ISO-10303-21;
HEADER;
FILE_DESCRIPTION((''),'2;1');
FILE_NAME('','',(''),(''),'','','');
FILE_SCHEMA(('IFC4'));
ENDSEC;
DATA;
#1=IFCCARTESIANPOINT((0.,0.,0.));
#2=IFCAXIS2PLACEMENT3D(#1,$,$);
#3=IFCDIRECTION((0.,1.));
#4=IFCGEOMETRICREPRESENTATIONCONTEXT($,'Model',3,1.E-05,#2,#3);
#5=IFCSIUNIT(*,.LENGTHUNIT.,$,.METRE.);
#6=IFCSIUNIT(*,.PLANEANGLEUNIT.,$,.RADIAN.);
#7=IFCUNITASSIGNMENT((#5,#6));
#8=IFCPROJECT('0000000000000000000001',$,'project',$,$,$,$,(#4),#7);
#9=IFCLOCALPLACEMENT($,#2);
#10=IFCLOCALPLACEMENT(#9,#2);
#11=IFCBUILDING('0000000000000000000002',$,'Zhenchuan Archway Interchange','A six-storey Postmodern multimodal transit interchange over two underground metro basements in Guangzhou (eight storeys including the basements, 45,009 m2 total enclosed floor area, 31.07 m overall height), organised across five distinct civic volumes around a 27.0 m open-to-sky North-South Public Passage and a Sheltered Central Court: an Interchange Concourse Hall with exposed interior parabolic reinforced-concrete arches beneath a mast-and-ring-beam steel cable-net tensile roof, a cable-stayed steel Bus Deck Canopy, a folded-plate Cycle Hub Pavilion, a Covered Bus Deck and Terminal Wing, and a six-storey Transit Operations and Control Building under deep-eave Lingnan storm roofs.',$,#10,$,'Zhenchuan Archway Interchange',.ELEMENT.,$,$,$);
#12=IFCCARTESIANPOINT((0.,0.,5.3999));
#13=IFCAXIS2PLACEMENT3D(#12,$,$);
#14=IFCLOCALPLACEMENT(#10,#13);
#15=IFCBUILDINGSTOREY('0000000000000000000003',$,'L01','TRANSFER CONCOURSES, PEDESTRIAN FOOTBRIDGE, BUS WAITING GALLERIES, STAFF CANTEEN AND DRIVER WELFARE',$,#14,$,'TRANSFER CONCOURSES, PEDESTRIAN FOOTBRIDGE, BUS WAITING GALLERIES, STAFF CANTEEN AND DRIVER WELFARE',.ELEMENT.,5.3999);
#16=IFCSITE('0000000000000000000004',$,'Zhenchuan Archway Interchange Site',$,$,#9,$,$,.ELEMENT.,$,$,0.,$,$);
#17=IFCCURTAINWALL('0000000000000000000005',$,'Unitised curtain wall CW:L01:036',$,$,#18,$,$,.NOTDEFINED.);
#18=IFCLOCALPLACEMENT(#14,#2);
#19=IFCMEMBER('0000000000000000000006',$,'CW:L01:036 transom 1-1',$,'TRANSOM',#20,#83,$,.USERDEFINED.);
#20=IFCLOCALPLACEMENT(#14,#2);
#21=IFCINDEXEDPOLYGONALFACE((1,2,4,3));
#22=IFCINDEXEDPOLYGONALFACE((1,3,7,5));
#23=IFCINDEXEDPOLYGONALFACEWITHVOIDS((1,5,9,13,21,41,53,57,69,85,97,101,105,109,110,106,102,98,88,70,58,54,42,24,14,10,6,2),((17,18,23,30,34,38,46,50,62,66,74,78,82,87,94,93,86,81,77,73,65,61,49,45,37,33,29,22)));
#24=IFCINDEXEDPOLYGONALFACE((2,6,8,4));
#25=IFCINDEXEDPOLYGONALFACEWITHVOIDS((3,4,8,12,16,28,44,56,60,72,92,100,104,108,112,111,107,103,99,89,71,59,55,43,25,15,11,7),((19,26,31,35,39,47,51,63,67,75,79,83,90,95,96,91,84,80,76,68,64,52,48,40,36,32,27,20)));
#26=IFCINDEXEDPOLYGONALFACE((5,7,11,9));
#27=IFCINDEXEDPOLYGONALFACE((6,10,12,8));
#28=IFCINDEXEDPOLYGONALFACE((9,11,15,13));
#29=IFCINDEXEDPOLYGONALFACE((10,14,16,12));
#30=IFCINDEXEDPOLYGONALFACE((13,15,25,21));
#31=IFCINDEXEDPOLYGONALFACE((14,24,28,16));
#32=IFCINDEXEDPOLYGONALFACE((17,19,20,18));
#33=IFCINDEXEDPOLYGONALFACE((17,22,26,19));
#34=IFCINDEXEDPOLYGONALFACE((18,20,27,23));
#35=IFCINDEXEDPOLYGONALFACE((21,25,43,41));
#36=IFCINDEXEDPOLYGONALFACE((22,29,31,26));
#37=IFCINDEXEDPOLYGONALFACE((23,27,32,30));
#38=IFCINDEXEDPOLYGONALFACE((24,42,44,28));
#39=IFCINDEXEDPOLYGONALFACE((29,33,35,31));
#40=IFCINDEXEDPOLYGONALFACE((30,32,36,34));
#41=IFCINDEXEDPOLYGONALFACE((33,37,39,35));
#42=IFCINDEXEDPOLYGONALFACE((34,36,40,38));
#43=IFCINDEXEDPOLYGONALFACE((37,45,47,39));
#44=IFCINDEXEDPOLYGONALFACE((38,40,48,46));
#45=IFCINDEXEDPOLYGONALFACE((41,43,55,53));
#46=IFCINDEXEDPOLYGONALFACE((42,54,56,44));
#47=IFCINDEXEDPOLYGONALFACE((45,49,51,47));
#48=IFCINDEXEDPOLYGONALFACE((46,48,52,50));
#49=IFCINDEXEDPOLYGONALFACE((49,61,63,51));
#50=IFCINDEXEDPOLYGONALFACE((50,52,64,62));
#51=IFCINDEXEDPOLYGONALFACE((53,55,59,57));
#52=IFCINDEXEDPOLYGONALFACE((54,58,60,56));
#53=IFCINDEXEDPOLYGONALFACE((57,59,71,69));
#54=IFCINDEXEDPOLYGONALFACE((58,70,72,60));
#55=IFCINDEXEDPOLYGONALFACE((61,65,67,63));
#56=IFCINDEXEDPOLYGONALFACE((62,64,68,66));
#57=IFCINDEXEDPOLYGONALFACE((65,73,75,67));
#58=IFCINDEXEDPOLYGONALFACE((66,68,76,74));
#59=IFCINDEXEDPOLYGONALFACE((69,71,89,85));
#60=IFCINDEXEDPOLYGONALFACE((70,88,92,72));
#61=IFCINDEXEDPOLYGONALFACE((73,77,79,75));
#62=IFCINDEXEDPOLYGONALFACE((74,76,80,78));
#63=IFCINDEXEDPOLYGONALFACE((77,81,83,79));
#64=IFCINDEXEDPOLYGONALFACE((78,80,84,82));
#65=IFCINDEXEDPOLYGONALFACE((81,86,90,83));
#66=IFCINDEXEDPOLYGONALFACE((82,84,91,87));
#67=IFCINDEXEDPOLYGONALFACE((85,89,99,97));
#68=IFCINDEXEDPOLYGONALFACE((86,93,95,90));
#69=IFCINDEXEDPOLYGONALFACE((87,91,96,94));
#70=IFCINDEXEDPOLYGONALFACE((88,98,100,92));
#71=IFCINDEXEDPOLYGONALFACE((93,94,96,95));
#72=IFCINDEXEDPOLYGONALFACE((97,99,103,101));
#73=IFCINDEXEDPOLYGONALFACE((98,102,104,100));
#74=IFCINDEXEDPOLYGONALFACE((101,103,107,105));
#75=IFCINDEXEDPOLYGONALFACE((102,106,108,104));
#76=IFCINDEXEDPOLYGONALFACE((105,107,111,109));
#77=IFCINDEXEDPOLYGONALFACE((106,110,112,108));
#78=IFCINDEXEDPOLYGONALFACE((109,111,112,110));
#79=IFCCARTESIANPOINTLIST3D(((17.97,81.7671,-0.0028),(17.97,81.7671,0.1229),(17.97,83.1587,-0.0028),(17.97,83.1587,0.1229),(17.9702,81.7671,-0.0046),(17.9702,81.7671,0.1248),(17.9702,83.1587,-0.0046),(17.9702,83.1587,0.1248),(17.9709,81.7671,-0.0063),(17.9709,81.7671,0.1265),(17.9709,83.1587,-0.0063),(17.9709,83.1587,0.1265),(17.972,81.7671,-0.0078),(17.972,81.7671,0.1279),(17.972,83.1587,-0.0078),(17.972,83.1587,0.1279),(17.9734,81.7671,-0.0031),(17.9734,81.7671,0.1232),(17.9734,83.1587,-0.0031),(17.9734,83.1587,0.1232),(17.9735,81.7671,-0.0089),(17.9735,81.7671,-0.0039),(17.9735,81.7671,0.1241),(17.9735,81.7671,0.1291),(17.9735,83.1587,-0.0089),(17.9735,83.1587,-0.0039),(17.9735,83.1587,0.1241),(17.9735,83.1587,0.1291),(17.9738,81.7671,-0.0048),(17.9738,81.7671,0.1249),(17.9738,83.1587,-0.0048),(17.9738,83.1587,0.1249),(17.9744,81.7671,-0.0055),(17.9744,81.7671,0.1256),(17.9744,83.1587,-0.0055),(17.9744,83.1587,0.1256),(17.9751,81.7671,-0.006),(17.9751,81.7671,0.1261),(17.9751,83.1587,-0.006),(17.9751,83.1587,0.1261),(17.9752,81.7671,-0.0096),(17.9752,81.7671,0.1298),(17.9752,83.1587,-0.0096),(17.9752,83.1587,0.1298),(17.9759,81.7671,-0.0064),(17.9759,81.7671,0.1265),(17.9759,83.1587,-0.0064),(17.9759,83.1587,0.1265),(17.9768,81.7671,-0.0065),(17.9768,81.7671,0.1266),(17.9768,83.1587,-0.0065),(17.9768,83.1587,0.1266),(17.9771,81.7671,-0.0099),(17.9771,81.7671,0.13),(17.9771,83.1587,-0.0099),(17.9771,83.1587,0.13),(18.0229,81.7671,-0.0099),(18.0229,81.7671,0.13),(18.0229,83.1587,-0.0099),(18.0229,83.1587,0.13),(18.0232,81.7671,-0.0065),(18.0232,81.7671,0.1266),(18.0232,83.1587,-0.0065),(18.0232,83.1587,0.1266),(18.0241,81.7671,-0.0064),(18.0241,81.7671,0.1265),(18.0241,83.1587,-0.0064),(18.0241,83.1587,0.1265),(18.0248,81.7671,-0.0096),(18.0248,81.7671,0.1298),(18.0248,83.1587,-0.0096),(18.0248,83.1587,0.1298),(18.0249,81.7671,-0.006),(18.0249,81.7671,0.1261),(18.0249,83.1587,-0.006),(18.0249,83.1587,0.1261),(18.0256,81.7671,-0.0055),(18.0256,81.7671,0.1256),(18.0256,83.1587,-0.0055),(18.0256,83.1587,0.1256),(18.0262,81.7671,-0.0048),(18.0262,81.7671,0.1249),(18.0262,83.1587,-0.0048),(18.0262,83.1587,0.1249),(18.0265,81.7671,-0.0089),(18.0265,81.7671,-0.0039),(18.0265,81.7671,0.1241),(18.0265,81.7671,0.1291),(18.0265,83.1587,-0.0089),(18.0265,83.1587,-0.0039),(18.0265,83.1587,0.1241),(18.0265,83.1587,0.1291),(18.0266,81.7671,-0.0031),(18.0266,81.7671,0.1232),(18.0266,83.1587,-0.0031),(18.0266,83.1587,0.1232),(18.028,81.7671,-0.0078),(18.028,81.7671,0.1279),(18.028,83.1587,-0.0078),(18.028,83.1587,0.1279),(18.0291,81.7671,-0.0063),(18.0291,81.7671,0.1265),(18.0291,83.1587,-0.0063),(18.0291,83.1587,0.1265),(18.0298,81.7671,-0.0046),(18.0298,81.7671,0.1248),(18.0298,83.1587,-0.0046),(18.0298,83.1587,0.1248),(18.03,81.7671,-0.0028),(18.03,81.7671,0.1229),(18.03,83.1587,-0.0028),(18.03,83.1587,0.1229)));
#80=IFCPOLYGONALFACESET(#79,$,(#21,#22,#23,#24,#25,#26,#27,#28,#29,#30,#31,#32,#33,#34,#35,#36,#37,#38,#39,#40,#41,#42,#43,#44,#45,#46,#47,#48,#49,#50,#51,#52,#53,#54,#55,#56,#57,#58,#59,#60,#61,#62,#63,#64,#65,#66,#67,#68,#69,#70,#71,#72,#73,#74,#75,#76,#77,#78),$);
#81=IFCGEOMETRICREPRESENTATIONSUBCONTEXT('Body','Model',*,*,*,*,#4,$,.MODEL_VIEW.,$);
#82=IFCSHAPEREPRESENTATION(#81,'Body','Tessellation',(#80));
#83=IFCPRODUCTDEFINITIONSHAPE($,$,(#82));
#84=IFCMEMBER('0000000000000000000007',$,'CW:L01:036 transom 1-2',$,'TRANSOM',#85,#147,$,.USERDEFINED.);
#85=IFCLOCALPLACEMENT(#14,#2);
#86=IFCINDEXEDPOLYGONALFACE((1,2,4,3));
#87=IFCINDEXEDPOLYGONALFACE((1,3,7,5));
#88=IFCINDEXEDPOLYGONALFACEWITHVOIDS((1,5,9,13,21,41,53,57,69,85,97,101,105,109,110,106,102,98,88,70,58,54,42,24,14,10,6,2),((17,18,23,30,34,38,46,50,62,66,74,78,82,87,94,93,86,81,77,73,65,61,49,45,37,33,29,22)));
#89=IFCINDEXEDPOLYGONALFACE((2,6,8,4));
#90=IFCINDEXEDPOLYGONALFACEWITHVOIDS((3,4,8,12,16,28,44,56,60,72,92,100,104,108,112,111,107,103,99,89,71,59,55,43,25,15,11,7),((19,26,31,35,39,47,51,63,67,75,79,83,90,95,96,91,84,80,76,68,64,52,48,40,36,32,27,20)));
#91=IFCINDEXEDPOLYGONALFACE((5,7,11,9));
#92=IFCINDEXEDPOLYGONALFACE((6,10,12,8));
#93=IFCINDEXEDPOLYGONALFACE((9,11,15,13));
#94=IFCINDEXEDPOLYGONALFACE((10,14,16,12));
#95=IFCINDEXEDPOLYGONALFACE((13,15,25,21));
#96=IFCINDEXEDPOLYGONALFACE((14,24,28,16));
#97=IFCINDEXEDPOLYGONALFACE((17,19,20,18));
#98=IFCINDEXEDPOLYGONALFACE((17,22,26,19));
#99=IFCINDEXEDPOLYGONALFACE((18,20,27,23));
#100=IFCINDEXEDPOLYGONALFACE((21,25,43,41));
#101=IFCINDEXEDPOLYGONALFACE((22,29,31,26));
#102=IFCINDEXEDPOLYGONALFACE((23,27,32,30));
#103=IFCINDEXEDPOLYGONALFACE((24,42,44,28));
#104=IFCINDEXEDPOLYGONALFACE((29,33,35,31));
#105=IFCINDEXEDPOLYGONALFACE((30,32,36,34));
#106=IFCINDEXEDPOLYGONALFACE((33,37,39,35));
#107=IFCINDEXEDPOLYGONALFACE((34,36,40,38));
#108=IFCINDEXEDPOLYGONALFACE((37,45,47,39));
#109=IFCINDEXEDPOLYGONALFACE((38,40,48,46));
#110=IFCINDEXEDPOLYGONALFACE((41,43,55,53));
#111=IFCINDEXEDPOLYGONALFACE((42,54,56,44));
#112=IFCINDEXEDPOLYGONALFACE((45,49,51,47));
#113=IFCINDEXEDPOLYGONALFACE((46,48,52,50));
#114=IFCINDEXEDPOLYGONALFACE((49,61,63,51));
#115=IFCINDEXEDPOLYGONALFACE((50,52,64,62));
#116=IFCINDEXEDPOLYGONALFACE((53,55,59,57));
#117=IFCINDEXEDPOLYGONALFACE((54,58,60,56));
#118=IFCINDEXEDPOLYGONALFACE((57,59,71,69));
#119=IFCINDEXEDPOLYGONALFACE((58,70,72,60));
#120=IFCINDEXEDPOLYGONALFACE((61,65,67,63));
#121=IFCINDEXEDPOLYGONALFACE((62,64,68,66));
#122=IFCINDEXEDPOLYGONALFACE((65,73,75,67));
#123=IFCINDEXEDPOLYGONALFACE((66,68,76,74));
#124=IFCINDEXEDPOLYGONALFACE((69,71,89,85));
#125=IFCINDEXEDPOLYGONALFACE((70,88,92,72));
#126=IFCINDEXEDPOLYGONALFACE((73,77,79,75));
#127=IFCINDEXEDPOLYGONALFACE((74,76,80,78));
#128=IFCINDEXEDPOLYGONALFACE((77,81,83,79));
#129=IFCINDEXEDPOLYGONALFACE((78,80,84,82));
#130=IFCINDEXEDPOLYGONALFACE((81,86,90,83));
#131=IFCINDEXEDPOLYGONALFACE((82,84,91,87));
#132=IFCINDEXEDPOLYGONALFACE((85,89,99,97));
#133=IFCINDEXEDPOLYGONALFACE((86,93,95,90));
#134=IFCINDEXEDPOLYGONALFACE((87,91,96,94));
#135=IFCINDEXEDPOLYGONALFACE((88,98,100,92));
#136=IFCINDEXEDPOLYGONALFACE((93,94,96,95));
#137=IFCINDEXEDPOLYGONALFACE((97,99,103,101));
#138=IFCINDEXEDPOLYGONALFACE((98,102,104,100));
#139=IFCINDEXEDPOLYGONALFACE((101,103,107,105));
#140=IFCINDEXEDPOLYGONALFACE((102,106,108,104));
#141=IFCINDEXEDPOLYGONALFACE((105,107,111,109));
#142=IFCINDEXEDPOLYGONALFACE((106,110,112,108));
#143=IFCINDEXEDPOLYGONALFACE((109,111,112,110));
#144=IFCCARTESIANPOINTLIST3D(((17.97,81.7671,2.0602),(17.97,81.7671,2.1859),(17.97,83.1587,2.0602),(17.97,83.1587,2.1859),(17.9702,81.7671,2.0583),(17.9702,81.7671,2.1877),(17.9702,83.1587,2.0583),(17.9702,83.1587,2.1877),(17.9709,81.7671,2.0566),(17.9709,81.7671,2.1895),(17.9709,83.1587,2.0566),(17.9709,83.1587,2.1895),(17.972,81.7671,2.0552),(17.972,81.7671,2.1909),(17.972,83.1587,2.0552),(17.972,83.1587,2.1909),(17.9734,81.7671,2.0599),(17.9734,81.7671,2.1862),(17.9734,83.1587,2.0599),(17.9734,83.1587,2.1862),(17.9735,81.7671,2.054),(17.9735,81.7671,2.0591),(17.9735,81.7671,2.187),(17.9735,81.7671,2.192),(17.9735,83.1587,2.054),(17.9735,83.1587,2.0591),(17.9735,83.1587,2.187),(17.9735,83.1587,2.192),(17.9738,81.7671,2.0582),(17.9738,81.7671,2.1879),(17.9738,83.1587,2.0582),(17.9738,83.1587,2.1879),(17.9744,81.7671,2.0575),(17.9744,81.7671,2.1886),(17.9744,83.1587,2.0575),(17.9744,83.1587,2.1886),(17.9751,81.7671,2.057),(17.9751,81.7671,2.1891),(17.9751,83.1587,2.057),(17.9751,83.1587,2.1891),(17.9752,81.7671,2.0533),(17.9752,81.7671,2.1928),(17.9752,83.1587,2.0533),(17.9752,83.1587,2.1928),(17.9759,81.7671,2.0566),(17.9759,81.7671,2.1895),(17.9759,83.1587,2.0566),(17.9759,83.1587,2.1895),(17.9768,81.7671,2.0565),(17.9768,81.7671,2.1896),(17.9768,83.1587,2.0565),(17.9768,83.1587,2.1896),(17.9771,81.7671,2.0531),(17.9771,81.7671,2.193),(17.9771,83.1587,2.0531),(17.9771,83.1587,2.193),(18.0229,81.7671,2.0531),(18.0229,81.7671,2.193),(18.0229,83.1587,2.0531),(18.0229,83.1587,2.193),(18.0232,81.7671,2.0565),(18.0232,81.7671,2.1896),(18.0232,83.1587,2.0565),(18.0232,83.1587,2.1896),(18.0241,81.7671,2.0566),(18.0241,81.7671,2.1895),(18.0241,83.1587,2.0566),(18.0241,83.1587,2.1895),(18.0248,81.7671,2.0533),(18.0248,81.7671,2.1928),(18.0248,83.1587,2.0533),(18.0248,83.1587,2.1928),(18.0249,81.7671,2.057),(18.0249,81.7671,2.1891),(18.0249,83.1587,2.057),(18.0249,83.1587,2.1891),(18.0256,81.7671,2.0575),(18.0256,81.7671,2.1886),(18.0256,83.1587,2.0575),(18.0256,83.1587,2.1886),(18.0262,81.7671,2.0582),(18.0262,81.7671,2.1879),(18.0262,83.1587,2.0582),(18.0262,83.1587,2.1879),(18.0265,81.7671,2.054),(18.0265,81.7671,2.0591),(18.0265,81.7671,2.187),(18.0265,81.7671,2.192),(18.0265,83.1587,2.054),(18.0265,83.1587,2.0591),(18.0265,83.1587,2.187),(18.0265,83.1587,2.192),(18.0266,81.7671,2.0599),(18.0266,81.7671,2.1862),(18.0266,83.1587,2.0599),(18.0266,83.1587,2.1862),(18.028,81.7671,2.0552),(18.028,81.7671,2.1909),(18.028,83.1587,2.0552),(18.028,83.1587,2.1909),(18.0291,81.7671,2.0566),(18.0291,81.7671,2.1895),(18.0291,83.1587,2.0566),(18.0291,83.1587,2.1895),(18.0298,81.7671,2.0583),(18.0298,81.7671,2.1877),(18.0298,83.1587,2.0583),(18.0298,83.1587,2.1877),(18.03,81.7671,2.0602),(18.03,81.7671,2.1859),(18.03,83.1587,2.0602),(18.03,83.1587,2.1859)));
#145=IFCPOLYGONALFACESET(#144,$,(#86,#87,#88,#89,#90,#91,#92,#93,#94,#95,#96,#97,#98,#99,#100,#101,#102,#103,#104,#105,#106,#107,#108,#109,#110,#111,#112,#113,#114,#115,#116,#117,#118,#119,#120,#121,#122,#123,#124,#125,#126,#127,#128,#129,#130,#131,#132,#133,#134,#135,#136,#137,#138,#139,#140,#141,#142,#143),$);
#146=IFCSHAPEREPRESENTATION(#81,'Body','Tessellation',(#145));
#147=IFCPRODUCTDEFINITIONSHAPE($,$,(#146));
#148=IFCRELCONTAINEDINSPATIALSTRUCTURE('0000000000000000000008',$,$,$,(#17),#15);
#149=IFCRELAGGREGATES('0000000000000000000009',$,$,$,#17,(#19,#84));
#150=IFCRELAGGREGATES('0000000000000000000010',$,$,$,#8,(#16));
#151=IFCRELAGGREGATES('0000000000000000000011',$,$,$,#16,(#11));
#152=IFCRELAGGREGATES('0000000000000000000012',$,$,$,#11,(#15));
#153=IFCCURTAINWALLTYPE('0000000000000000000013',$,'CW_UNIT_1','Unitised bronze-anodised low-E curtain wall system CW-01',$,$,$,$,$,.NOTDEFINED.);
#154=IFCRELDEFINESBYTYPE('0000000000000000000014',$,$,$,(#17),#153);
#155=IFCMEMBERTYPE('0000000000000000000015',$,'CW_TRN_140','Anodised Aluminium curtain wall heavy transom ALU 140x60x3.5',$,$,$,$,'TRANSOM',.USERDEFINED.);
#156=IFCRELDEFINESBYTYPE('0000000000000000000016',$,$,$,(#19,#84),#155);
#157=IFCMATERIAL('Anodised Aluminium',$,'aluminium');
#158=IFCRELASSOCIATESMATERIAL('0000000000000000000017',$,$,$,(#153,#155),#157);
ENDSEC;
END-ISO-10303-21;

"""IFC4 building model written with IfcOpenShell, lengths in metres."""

from ifc_helpers import new_model, si_unit, direction, frame, origin, origin_2d, place, context, subcontext, project, spatial, hollow_rectangle, extrude, material, material_profile, profile_set, type_object, element, aggregate, save


model = new_model("IFC4")

# Units and contexts
model_context = context("Model", 3, precision=1e-05, world=origin(), true_north=direction((0.0, 1.0)))
body_context = subcontext(model_context, "Body", "Model", "MODEL_VIEW")
ifc_project = project(units=[si_unit("LENGTHUNIT", "METRE"), si_unit("PLANEANGLEUNIT", "RADIAN")], contexts=[model_context])

# Site, building, storey
site_placement = place(None, origin())
site = spatial("IfcSite", under=ifc_project, at=site_placement, Name="Zhenchuan Archway Interchange Site", CompositionType="ELEMENT", RefElevation=0.0)
building_placement = place(site_placement, origin())
building = spatial("IfcBuilding", under=site, at=building_placement, Name="Zhenchuan Archway Interchange", Description="A six-storey Postmodern multimodal transit interchange over two underground metro basements in Guangzhou (eight storeys including the basements, 45,009 m2 total enclosed floor area, 31.07 m overall height), organised across five distinct civic volumes around a 27.0 m open-to-sky North-South Public Passage and a Sheltered Central Court: an Interchange Concourse Hall with exposed interior parabolic reinforced-concrete arches beneath a mast-and-ring-beam steel cable-net tensile roof, a cable-stayed steel Bus Deck Canopy, a folded-plate Cycle Hub Pavilion, a Covered Bus Deck and Terminal Wing, and a six-storey Transit Operations and Control Building under deep-eave Lingnan storm roofs.", LongName="Zhenchuan Archway Interchange", CompositionType="ELEMENT")
storey_placement = place(building_placement, frame((0.0, 0.0, 5.3999)))
storey = spatial("IfcBuildingStorey", under=building, at=storey_placement, Name="L01", Description="TRANSFER CONCOURSES, PEDESTRIAN FOOTBRIDGE, BUS WAITING GALLERIES, STAFF CANTEEN AND DRIVER WELFARE", LongName="TRANSFER CONCOURSES, PEDESTRIAN FOOTBRIDGE, BUS WAITING GALLERIES, STAFF CANTEEN AND DRIVER WELFARE", CompositionType="ELEMENT", Elevation=5.3999)

# Curtain wall, members
ifc_material_1 = material(Name="Anodised Aluminium", Category="aluminium")
curtain_wall_type = type_object("IfcCurtainWallType", Name="CW_UNIT_1", Description="Unitised bronze-anodised low-E curtain wall system CW-01", PredefinedType="NOTDEFINED", material=ifc_material_1)
curtain_wall_placement = place(storey_placement, origin())
curtain_wall = element("IfcCurtainWall", 1, at=curtain_wall_placement, inside=storey, type_object=curtain_wall_type, Name="Unitised curtain wall CW:L01:036", PredefinedType="NOTDEFINED")
ifc_material_profile_1 = material_profile(ifc_material_1, hollow_rectangle(XDim=0.0601, YDim=0.1399, WallThickness=0.0034, InnerFilletRadius=0.0034, OuterFilletRadius=0.0071, at=origin_2d()), Name="ALU 140x60x3.5")
ifc_profile_set_1 = profile_set([ifc_material_profile_1], Name="Anodised Aluminium")
member_type_1 = type_object("IfcMemberType", Name="CW_TRN_140", Description="Anodised Aluminium curtain wall heavy transom ALU 140x60x3.5", ElementType="TRANSOM", PredefinedType="USERDEFINED", material=ifc_profile_set_1)
member_1_placement = place(storey_placement, frame((18.0, 81.7671, 0.0601), z_axis=(0.0, 1.0, 0.0), x_axis=(-1.0, 0.0, 0.0)))
member_1 = element("IfcMember", 2, at=member_1_placement, type_object=member_type_1, Name="CW:L01:036 transom 1-1", ObjectType="TRANSOM", PredefinedType="USERDEFINED", context=body_context, shape_type="SweptSolid", body=[
    extrude(hollow_rectangle(XDim=0.0601, YDim=0.1399, WallThickness=0.0034, InnerFilletRadius=0.0034, OuterFilletRadius=0.0071, at=origin_2d()), origin(), (0.0, 0.0, 1.0), 1.3916),
])
member_2_placement = place(storey_placement, frame((18.0, 81.7671, 2.123), z_axis=(0.0, 1.0, 0.0), x_axis=(-1.0, 0.0, 0.0)))
member_2 = element("IfcMember", 3, at=member_2_placement, type_object=member_type_1, Name="CW:L01:036 transom 1-2", ObjectType="TRANSOM", PredefinedType="USERDEFINED", context=body_context, shape_type="SweptSolid", body=[
    extrude(hollow_rectangle(XDim=0.0601, YDim=0.1399, WallThickness=0.0034, InnerFilletRadius=0.0034, OuterFilletRadius=0.0071, at=origin_2d()), origin(), (0.0, 0.0, 1.0), 1.3916),
])
aggregate(curtain_wall, [member_1, member_2])

save(model, "model.ifc")
